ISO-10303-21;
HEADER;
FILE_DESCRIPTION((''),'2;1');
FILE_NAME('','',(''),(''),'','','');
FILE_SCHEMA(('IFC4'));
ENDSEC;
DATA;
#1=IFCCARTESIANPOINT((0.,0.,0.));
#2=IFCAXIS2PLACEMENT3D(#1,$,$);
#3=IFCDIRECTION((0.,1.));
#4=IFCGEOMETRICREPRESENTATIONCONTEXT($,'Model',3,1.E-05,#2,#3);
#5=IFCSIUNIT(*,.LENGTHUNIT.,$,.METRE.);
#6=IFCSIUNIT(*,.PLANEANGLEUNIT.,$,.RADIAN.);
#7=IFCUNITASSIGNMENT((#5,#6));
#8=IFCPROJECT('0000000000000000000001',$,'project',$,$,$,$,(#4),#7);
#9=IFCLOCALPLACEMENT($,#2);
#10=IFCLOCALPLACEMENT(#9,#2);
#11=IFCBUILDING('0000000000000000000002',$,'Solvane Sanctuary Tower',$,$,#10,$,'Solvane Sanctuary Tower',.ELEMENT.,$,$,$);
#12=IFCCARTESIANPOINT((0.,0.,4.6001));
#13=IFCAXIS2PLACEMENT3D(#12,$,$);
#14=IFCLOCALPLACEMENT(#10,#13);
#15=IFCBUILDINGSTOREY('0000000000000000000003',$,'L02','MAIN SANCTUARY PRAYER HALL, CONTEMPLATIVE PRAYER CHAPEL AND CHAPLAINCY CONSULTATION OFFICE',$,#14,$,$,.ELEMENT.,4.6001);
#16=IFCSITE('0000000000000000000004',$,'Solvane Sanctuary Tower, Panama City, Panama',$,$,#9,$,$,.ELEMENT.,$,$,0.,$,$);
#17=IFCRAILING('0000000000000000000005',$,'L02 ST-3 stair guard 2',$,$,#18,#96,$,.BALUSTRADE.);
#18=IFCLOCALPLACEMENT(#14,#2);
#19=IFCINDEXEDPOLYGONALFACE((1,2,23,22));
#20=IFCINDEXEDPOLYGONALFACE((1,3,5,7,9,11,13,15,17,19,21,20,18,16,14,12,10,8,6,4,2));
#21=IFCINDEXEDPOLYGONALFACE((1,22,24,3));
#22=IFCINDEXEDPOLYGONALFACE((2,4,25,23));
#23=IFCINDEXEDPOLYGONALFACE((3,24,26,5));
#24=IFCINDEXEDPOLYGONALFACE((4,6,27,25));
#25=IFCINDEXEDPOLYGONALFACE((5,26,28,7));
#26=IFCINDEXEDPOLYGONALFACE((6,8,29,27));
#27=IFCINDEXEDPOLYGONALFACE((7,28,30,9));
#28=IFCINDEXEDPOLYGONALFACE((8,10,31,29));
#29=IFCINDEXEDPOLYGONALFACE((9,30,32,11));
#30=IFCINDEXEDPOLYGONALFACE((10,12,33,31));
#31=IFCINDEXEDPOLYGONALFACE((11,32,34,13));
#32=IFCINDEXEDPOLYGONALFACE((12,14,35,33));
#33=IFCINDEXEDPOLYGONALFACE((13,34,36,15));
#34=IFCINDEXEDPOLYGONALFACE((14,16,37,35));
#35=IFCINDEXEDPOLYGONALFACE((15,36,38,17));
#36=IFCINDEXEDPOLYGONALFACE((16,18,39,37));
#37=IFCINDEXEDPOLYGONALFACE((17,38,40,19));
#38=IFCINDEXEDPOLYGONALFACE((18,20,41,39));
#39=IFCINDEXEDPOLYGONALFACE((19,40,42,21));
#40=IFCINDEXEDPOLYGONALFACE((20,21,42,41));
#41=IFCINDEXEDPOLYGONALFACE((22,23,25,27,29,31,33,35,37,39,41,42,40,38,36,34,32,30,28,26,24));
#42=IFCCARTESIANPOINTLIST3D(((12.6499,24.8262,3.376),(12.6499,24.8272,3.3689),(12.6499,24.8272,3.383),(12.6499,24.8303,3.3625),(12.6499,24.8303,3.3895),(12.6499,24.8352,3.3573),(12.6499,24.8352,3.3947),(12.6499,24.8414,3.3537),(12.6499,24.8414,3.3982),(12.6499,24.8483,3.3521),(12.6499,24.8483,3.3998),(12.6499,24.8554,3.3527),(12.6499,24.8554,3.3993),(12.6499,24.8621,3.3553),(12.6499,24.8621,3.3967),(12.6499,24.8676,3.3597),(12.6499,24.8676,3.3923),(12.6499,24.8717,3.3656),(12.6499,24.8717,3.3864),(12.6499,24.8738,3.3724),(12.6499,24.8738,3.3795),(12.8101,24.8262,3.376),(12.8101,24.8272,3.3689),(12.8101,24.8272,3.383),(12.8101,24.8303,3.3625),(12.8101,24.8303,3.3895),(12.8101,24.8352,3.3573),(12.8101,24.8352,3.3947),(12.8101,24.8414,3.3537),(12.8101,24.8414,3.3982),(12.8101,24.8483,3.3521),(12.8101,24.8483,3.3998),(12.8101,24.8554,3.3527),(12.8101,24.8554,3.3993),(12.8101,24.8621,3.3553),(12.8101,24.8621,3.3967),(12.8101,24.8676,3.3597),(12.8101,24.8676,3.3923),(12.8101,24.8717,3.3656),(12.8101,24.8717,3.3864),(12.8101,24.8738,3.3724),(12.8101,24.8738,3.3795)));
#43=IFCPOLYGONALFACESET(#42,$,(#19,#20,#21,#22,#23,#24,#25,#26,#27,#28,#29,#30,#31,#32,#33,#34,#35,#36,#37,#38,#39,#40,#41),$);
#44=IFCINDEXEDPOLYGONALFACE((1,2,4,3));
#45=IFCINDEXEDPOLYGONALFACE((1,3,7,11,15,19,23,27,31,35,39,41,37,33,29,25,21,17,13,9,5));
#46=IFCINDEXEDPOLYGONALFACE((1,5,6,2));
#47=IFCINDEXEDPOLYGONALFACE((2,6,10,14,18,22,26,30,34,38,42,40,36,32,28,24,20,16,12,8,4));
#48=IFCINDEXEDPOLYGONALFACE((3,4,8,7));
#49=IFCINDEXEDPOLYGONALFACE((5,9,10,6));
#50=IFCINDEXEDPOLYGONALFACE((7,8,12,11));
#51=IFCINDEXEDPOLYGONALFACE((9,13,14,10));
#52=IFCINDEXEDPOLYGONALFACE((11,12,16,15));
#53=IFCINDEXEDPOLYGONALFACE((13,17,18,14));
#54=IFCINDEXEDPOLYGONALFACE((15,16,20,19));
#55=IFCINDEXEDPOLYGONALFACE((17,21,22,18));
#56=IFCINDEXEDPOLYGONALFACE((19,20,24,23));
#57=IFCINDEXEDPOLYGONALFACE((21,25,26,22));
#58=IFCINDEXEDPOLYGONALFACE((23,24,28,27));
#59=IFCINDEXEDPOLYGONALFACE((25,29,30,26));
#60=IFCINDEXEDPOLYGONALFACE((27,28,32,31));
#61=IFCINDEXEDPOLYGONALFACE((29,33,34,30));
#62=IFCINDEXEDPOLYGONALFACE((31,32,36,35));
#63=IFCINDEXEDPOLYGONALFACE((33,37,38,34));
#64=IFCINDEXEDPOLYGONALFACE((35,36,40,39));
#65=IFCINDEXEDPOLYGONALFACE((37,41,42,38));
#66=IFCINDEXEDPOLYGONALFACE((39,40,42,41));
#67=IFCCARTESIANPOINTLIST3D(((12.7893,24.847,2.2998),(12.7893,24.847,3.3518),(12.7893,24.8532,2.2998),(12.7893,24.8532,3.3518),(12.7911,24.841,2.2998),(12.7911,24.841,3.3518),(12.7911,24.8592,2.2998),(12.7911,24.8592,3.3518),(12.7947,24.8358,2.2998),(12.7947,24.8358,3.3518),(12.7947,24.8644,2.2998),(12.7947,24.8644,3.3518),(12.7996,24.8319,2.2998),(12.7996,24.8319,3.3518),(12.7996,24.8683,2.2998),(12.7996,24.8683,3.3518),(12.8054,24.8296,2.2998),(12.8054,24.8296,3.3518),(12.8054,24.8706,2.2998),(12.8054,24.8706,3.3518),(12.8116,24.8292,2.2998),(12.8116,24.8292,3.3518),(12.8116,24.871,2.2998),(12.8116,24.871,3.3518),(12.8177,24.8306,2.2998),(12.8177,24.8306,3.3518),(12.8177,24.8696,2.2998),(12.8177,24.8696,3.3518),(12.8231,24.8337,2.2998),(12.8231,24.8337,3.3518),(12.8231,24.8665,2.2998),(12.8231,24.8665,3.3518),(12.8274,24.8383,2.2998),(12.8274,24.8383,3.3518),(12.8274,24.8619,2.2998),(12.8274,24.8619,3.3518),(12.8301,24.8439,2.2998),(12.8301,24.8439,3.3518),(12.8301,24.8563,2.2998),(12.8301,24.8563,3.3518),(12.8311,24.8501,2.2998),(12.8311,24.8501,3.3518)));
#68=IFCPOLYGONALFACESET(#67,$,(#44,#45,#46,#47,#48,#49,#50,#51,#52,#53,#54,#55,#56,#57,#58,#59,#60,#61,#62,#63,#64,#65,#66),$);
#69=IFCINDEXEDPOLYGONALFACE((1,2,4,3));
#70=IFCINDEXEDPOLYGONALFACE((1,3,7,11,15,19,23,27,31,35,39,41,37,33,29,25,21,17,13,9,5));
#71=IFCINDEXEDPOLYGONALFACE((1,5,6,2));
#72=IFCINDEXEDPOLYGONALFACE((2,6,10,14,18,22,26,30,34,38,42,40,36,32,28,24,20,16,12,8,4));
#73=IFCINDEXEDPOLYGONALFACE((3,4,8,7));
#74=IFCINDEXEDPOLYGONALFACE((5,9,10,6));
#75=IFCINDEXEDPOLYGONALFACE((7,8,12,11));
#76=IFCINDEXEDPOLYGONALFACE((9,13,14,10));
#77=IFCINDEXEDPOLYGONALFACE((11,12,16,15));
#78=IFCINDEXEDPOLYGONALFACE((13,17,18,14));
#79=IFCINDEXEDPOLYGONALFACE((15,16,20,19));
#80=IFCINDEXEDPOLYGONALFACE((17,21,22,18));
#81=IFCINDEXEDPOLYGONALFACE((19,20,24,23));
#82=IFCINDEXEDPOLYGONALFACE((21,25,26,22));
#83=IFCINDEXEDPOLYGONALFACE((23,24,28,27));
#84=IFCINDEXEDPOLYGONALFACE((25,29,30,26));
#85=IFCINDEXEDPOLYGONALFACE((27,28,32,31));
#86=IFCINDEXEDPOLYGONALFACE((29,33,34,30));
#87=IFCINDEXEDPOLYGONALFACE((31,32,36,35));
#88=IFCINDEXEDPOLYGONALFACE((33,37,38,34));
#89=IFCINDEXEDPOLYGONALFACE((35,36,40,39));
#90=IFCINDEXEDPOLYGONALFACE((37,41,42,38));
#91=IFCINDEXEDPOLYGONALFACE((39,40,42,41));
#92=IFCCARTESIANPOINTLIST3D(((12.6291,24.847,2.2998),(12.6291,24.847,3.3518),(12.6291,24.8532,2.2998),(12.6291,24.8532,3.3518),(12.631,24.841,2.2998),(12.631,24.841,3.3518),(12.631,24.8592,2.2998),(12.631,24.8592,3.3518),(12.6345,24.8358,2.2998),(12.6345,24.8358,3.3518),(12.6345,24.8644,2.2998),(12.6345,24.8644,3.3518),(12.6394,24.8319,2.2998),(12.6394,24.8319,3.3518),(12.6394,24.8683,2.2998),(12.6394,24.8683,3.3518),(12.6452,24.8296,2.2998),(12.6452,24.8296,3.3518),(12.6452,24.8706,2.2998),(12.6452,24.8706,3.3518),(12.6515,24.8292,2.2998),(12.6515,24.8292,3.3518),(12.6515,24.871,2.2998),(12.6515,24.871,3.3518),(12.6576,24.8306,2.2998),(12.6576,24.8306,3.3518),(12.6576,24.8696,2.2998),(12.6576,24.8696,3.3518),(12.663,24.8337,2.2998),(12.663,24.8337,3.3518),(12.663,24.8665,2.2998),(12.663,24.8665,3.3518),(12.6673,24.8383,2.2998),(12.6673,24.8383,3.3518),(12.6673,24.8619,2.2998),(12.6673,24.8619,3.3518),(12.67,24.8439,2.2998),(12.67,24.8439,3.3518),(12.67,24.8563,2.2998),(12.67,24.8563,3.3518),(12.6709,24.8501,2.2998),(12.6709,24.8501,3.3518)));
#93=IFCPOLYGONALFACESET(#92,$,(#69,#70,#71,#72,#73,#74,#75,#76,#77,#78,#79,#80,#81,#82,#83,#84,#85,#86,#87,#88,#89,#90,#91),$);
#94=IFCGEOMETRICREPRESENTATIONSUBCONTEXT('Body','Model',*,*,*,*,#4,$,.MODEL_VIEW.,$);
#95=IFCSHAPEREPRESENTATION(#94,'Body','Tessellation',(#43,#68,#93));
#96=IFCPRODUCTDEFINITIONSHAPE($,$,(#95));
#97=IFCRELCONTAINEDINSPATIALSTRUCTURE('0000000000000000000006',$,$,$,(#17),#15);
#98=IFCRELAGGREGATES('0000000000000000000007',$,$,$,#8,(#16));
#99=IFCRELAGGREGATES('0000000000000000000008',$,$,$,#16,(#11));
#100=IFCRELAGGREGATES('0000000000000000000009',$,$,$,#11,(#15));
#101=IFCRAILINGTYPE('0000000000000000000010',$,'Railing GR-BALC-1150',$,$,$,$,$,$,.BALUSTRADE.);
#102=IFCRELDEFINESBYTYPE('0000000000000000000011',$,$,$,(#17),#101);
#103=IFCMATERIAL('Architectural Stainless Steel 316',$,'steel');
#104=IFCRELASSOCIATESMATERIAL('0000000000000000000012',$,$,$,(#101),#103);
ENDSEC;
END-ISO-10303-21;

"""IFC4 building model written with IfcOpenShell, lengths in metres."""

from ifc_helpers import new_model, si_unit, direction, frame, origin, origin_2d, place, context, subcontext, project, spatial, circle, extrude, material, type_object, element, save


model = new_model("IFC4")

# Units and contexts
model_context = context("Model", 3, precision=1e-05, world=origin(), true_north=direction((0.0, 1.0)))
body_context = subcontext(model_context, "Body", "Model", "MODEL_VIEW")
ifc_project = project(units=[si_unit("LENGTHUNIT", "METRE"), si_unit("PLANEANGLEUNIT", "RADIAN")], contexts=[model_context])

# Site, building, storey
site_placement = place(None, origin())
site = spatial("IfcSite", under=ifc_project, at=site_placement, Name="Solvane Sanctuary Tower, Panama City, Panama", CompositionType="ELEMENT", RefElevation=0.0)
building_placement = place(site_placement, origin())
building = spatial("IfcBuilding", under=site, at=building_placement, Name="Solvane Sanctuary Tower", LongName="Solvane Sanctuary Tower", CompositionType="ELEMENT")
storey_placement = place(building_placement, frame((0.0, 0.0, 4.6001)))
storey = spatial("IfcBuildingStorey", under=building, at=storey_placement, Name="L02", Description="MAIN SANCTUARY PRAYER HALL, CONTEMPLATIVE PRAYER CHAPEL AND CHAPLAINCY CONSULTATION OFFICE", CompositionType="ELEMENT", Elevation=4.6001)

# Shared definitions
ifc_material_1 = material(Name="Architectural Stainless Steel 316", Category="steel")

# Railing
railing_type_1 = type_object("IfcRailingType", Name="Railing GR-BALC-1150", PredefinedType="BALUSTRADE", material=ifc_material_1)
railing_1_placement = place(storey_placement, frame((12.8101, 24.8501, 2.2998)))
element("IfcRailing", 1, at=railing_1_placement, inside=storey, type_object=railing_type_1, Name="L02 ST-3 stair guard 2", PredefinedType="BALUSTRADE", context=body_context, shape_type="SweptSolid", body=[
    extrude(circle(Radius=0.0239, at=origin_2d()), frame((0.0, 0.0, 1.0762), z_axis=(-1.0, 0.0, 0.0), x_axis=(0.0, -1.0, 0.0)), (0.0, 0.0, 1.0), 0.1602),
    extrude(circle(Radius=0.021, at=origin_2d()), origin(), (0.0, 0.0, 1.0), 1.052),
    extrude(circle(Radius=0.021, at=origin_2d()), frame((-0.1602, 0.0, 0.0)), (0.0, 0.0, 1.0), 1.052),
])

save(model, "model.ifc")
